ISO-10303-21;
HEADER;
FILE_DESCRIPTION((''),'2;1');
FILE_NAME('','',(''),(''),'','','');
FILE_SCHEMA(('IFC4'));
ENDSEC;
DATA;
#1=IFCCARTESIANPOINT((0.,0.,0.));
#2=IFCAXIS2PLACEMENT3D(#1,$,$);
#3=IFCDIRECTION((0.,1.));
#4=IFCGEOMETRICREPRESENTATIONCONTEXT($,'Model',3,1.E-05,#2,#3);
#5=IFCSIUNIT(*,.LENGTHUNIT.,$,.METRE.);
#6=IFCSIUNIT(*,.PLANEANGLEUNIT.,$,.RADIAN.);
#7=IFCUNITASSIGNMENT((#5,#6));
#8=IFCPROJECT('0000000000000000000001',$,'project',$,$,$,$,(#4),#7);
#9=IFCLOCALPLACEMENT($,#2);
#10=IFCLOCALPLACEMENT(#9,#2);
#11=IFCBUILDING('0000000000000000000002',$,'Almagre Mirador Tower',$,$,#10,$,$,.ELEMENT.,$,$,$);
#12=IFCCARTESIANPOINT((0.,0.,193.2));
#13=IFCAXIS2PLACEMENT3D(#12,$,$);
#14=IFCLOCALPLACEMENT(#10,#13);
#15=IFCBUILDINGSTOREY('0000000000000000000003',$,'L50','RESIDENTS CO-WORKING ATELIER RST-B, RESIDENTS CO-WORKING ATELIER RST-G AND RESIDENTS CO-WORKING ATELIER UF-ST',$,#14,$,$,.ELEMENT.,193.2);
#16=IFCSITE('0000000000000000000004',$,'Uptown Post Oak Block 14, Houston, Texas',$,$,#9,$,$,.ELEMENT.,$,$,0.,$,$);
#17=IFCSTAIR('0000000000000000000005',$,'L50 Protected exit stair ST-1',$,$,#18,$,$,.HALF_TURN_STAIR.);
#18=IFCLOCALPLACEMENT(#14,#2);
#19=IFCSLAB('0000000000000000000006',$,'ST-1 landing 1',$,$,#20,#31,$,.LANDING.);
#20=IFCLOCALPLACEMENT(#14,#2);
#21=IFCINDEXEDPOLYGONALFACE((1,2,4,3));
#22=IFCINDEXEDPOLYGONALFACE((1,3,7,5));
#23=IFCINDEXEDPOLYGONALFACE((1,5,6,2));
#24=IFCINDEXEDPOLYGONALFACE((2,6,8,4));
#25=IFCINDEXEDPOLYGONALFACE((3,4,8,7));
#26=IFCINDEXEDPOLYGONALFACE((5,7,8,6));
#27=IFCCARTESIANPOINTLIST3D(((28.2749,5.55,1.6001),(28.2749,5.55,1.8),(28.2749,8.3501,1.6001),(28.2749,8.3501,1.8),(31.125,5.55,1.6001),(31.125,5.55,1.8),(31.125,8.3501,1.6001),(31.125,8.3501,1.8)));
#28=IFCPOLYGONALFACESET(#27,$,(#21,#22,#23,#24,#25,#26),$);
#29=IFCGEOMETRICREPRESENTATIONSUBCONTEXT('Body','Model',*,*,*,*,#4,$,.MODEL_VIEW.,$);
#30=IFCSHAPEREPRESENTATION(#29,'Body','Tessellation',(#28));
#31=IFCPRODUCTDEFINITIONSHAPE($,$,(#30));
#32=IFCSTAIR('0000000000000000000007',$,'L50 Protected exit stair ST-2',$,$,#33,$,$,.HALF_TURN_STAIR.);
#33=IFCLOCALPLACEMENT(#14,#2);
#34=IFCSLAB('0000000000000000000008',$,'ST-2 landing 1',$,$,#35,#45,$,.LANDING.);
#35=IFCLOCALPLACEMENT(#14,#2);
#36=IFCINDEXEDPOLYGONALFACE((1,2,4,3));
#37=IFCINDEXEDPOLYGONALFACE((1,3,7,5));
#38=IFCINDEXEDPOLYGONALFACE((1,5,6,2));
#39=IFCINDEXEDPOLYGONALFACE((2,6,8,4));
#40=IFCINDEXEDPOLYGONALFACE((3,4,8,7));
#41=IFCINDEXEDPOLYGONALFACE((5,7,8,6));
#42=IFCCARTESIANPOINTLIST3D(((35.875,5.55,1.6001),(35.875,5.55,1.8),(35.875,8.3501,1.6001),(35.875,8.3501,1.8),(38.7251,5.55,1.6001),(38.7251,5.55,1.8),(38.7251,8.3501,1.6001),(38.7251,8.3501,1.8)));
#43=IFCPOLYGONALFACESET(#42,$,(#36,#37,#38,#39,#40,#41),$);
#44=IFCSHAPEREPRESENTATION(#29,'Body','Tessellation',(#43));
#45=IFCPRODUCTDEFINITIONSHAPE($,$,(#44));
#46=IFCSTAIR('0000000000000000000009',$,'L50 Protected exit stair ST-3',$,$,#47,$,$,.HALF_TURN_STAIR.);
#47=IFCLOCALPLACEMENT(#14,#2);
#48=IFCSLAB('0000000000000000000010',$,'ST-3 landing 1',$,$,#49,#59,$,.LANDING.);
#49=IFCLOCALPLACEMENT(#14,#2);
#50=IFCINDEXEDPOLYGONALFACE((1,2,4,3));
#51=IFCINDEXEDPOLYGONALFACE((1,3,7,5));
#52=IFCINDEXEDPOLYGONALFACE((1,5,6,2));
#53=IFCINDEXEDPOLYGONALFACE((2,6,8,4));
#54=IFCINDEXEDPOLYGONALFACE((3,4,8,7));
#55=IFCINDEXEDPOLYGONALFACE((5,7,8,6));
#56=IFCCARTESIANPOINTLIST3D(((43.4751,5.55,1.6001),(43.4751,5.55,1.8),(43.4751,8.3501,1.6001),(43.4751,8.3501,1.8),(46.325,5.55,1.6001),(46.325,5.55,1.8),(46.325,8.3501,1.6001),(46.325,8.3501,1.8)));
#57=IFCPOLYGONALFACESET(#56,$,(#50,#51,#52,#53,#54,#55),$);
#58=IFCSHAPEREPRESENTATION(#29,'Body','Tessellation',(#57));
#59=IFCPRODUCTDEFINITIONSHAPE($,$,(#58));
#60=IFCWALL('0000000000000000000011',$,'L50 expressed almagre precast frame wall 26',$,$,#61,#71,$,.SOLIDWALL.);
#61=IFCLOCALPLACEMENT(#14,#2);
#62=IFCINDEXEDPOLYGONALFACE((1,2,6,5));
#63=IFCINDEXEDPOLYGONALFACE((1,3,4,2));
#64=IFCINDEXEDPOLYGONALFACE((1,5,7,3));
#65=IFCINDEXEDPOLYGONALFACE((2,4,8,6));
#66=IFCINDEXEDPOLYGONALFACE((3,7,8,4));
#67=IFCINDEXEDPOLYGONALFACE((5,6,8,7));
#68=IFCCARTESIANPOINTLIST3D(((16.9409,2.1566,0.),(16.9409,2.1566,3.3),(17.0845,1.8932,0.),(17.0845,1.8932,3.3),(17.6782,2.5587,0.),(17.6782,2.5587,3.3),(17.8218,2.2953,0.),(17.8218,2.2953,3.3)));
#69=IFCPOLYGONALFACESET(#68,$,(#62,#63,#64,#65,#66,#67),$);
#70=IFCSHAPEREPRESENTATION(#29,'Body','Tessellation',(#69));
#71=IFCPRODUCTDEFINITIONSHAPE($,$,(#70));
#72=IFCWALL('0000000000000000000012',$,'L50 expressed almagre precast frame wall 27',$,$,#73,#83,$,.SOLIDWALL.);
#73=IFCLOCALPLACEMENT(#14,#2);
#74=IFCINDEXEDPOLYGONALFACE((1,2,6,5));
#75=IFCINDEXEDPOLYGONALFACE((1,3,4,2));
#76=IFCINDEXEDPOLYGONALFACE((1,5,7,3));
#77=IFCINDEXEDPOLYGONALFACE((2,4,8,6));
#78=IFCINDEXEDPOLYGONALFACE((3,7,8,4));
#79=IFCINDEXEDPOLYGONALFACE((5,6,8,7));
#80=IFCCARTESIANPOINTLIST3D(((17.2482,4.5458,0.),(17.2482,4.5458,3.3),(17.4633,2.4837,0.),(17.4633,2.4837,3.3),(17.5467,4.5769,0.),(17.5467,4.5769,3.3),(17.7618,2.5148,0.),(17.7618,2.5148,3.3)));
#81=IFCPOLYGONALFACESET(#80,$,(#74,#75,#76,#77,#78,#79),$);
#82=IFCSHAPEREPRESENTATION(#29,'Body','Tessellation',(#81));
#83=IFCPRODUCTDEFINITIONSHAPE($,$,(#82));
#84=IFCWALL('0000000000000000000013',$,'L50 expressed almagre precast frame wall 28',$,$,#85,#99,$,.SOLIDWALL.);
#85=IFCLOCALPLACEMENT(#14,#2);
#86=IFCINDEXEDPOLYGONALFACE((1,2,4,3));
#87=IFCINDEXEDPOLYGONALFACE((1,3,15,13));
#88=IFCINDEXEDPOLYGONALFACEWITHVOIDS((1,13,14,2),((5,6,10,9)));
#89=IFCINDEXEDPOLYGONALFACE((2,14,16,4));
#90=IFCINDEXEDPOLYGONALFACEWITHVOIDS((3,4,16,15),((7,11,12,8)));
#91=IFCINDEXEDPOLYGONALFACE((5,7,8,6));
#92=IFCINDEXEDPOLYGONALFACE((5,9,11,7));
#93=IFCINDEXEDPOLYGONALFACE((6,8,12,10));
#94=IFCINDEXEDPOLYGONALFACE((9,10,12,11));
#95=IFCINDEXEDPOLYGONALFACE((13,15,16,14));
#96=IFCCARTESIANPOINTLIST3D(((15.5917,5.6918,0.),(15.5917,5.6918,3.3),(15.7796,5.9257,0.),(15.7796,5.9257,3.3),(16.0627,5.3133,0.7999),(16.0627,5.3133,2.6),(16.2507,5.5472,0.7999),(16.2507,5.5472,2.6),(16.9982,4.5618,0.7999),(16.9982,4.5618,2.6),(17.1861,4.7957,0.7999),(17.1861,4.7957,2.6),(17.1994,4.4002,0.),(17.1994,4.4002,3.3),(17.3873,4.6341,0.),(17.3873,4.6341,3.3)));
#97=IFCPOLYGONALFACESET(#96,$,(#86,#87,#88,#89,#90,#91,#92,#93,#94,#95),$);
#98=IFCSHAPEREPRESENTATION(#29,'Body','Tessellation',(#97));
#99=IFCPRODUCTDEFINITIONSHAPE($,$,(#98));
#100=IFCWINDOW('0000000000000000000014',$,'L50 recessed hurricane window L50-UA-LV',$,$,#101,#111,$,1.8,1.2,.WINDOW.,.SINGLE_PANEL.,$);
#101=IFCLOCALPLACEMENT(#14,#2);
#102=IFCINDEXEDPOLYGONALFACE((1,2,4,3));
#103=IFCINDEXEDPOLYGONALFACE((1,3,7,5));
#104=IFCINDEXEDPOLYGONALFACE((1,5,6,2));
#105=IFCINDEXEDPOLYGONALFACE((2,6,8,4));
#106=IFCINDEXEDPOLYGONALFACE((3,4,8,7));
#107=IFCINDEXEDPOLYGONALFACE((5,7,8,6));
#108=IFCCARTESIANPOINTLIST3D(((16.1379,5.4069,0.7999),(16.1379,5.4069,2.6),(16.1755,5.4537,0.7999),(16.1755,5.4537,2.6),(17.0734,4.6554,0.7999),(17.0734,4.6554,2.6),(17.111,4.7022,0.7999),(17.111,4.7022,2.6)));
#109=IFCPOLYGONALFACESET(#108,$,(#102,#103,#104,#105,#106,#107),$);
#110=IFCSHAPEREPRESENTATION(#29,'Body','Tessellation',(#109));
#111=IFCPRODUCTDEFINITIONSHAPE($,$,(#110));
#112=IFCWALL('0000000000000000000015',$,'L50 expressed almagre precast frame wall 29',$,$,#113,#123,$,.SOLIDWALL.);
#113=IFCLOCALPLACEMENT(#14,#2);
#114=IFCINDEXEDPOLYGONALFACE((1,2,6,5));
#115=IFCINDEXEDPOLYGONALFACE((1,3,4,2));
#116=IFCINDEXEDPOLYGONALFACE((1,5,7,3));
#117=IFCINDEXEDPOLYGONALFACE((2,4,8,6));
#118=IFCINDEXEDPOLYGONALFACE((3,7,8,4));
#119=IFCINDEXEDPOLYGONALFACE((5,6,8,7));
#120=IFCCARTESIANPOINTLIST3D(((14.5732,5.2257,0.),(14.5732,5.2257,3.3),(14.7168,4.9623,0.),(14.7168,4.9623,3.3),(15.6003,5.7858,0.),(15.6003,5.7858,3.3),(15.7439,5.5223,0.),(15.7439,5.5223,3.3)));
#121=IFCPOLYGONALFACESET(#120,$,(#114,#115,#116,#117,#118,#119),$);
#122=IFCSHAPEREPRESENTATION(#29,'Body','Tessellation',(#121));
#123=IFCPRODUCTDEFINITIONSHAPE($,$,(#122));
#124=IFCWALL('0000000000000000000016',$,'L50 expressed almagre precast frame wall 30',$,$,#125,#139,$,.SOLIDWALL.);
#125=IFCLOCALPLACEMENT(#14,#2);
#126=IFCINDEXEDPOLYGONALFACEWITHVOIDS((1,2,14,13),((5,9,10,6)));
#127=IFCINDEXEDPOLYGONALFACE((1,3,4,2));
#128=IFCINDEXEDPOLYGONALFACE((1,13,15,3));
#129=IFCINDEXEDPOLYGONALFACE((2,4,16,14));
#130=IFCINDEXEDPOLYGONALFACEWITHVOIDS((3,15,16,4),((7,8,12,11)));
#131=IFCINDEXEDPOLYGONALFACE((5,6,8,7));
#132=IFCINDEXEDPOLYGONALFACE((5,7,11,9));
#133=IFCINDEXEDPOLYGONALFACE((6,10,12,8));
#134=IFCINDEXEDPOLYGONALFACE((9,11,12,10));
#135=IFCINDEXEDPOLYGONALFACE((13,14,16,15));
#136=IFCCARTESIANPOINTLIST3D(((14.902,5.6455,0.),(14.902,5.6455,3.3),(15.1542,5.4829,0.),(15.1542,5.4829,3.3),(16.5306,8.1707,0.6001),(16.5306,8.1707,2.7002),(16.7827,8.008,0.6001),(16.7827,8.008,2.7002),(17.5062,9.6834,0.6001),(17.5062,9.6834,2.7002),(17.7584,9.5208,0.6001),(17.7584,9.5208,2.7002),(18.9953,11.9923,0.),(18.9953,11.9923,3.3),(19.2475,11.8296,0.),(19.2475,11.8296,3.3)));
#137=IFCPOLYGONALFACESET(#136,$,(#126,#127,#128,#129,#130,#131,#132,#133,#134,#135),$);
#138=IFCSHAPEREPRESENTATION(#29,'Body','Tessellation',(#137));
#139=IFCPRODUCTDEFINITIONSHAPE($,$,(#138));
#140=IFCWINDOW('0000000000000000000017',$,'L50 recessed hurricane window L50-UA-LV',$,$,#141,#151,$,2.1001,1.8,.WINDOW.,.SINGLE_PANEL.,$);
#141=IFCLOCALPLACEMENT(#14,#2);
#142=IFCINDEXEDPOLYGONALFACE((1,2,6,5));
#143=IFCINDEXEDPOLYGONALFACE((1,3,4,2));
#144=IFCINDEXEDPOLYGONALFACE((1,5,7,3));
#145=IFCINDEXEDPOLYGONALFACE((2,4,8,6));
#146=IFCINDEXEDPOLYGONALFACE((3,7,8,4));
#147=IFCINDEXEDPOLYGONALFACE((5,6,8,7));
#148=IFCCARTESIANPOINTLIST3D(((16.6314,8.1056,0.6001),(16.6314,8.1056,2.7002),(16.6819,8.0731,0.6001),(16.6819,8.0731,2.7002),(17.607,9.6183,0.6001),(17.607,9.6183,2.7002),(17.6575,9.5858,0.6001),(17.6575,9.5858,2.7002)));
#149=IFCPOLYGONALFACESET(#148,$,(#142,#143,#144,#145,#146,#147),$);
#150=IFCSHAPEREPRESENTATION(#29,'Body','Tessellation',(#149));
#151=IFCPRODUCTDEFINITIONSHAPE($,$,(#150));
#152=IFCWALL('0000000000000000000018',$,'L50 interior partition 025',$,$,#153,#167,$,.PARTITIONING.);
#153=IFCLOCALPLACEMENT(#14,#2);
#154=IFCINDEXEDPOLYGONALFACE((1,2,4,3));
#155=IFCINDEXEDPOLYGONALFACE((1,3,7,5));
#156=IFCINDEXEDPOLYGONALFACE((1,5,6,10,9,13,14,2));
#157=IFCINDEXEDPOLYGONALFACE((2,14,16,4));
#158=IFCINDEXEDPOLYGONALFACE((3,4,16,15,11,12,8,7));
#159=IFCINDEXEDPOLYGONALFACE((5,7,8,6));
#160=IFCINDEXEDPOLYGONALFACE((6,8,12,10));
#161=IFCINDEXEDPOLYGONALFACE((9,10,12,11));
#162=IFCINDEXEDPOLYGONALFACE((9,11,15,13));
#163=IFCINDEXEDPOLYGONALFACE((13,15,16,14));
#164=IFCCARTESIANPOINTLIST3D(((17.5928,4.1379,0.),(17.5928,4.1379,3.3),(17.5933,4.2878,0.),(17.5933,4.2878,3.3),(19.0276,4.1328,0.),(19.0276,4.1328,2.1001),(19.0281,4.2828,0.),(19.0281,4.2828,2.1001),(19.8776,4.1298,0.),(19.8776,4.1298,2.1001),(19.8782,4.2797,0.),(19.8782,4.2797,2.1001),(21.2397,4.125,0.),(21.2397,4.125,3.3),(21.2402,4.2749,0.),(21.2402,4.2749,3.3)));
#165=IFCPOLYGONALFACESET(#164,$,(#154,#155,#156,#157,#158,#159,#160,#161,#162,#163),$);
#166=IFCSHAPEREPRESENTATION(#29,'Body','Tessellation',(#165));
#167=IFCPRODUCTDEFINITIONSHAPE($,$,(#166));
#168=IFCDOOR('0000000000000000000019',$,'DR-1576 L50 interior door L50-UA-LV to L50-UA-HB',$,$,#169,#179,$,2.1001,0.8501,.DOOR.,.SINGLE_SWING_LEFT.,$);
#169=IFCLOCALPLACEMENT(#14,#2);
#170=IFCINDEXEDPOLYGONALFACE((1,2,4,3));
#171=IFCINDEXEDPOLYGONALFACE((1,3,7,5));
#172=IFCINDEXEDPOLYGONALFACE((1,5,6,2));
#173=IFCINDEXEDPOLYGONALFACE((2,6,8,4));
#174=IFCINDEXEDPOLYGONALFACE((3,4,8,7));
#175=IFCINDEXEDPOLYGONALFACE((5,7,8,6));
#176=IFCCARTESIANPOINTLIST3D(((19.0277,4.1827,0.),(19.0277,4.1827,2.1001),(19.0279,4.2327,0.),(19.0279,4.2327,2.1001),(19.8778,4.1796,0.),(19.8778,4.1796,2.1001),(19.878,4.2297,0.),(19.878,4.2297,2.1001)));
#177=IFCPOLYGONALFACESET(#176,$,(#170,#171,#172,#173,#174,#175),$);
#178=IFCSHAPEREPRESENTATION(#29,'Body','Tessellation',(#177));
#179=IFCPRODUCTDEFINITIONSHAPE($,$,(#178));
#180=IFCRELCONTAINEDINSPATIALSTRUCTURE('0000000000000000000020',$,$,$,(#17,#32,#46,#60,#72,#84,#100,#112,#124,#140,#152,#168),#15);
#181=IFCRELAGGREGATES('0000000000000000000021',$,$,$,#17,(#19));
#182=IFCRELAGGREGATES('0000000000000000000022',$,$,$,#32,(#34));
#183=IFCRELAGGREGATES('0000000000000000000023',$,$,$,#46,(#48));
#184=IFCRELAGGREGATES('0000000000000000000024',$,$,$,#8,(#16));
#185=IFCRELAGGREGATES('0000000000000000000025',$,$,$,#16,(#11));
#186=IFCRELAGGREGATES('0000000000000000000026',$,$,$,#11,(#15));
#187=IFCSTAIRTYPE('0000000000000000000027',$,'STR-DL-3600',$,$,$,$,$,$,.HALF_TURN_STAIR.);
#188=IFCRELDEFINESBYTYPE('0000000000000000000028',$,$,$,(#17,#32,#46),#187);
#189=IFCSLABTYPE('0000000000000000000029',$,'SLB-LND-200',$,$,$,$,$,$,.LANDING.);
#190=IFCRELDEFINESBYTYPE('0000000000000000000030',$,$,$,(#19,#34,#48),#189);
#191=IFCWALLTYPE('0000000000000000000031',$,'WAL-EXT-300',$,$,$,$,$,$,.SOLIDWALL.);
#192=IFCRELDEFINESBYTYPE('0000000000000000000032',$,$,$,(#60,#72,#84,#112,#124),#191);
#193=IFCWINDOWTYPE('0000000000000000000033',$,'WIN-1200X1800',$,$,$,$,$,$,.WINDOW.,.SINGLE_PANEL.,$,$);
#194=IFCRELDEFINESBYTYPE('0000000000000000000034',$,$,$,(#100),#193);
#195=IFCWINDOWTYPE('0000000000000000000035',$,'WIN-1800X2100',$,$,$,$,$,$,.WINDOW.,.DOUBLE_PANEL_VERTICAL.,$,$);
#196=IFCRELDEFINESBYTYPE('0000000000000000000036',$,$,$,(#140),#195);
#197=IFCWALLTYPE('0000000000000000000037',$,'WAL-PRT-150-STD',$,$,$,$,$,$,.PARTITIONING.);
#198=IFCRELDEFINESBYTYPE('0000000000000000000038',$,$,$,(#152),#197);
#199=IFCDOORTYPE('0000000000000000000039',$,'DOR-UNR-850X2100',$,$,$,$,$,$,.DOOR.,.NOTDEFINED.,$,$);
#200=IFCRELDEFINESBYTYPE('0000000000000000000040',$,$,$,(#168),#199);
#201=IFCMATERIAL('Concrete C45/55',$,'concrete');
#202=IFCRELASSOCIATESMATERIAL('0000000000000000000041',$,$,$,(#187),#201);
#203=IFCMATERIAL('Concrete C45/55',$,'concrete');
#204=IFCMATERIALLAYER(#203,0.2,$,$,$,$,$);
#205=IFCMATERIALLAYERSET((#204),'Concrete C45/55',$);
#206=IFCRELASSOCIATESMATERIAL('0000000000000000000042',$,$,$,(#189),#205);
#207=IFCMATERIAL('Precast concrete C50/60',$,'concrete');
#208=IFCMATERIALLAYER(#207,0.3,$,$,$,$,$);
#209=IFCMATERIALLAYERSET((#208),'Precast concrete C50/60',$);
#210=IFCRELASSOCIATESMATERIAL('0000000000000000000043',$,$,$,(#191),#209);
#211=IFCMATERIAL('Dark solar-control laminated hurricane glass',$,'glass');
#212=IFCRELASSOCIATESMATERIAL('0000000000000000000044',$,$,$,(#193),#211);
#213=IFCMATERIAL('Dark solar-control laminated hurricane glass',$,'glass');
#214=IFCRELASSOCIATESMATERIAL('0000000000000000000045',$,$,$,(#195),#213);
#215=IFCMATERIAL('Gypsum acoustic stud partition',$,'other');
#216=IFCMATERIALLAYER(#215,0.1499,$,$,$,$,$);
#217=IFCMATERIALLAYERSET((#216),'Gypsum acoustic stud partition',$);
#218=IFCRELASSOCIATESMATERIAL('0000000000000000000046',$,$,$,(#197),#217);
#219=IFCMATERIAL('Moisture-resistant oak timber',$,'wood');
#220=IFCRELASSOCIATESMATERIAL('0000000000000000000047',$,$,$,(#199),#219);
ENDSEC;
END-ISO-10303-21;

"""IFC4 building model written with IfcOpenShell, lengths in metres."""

from ifc_helpers import new_model, si_unit, direction, frame, frame_2d, origin, place, context, subcontext, project, spatial, polyline, rectangle, outline, extrude, material, layer, layer_set, type_object, element, fill, aggregate, save


model = new_model("IFC4")

# Units and contexts
model_context = context("Model", 3, precision=1e-05, world=origin(), true_north=direction((0.0, 1.0)))
body_context = subcontext(model_context, "Body", "Model", "MODEL_VIEW")
ifc_project = project(units=[si_unit("LENGTHUNIT", "METRE"), si_unit("PLANEANGLEUNIT", "RADIAN")], contexts=[model_context])

# Site, building, storey
site_placement = place(None, origin())
site = spatial("IfcSite", under=ifc_project, at=site_placement, Name="Uptown Post Oak Block 14, Houston, Texas", CompositionType="ELEMENT", RefElevation=0.0)
building_placement = place(site_placement, origin())
building = spatial("IfcBuilding", under=site, at=building_placement, Name="Almagre Mirador Tower", CompositionType="ELEMENT")
storey_placement = place(building_placement, frame((0.0, 0.0, 193.2)))
storey = spatial("IfcBuildingStorey", under=building, at=storey_placement, Name="L50", Description="RESIDENTS CO-WORKING ATELIER RST-B, RESIDENTS CO-WORKING ATELIER RST-G AND RESIDENTS CO-WORKING ATELIER UF-ST", CompositionType="ELEMENT", Elevation=193.2)

# Stairs, slabs
ifc_material_1 = material(Name="Concrete C45/55", Category="concrete")
stair_type = type_object("IfcStairType", Name="STR-DL-3600", PredefinedType="HALF_TURN_STAIR", material=ifc_material_1)
stair_1_placement = place(storey_placement, origin())
stair_1 = element("IfcStair", 1, at=stair_1_placement, inside=storey, type_object=stair_type, Name="L50 Protected exit stair ST-1", PredefinedType="HALF_TURN_STAIR")
ifc_material_2 = material(Name="Concrete C45/55", Category="concrete")
ifc_layer_1 = layer(ifc_material_2, 0.2)
ifc_layer_set_1 = layer_set([ifc_layer_1], Name="Concrete C45/55")
slab_type_1 = type_object("IfcSlabType", Name="SLB-LND-200", PredefinedType="LANDING", material=ifc_layer_set_1)
slab_1_placement = place(storey_placement, frame((0.0, 0.0, 1.6001)))
slab_1 = element("IfcSlab", 2, at=slab_1_placement, type_object=slab_type_1, Name="ST-1 landing 1", PredefinedType="LANDING", context=body_context, shape_type="SweptSolid", body=[
    extrude(outline(polyline([(28.2749, 8.3501), (28.2749, 5.55), (31.125, 5.55), (31.125, 8.3501), (28.2749, 8.3501)])), origin(), (0.0, 0.0, 1.0), 0.2),
])
aggregate(stair_1, [slab_1])
stair_2_placement = place(storey_placement, origin())
stair_2 = element("IfcStair", 3, at=stair_2_placement, inside=storey, type_object=stair_type, Name="L50 Protected exit stair ST-2", PredefinedType="HALF_TURN_STAIR")
slab_2_placement = place(storey_placement, frame((0.0, 0.0, 1.6001)))
slab_2 = element("IfcSlab", 4, at=slab_2_placement, type_object=slab_type_1, Name="ST-2 landing 1", PredefinedType="LANDING", context=body_context, shape_type="SweptSolid", body=[
    extrude(outline(polyline([(35.875, 8.3501), (35.875, 5.55), (38.7251, 5.55), (38.7251, 8.3501), (35.875, 8.3501)])), origin(), (0.0, 0.0, 1.0), 0.2),
])
aggregate(stair_2, [slab_2])
stair_3_placement = place(storey_placement, origin())
stair_3 = element("IfcStair", 5, at=stair_3_placement, inside=storey, type_object=stair_type, Name="L50 Protected exit stair ST-3", PredefinedType="HALF_TURN_STAIR")
slab_3_placement = place(storey_placement, frame((0.0, 0.0, 1.6001)))
slab_3 = element("IfcSlab", 6, at=slab_3_placement, type_object=slab_type_1, Name="ST-3 landing 1", PredefinedType="LANDING", context=body_context, shape_type="SweptSolid", body=[
    extrude(outline(polyline([(43.4751, 8.3501), (43.4751, 5.55), (46.325, 5.55), (46.325, 8.3501), (43.4751, 8.3501)])), origin(), (0.0, 0.0, 1.0), 0.2),
])
aggregate(stair_3, [slab_3])

# Walls
ifc_material_3 = material(Name="Precast concrete C50/60", Category="concrete")
ifc_layer_2 = layer(ifc_material_3, 0.3)
ifc_layer_set_2 = layer_set([ifc_layer_2], Name="Precast concrete C50/60")
wall_type_1 = type_object("IfcWallType", Name="WAL-EXT-300", PredefinedType="SOLIDWALL", material=ifc_layer_set_2)
wall_1_placement = place(storey_placement, frame((17.0127, 2.0249, 0.0), z_axis=(0.0, 0.0, 1.0), x_axis=(0.877929, 0.478791, 0.0)))
element("IfcWall", 7, at=wall_1_placement, inside=storey, type_object=wall_type_1, Name="L50 expressed almagre precast frame wall 26", PredefinedType="SOLIDWALL", context=body_context, shape_type="SweptSolid", body=[
    extrude(rectangle(XDim=0.8398, YDim=0.3, at=frame_2d((0.4199, 0.0))), origin(), (0.0, 0.0, 1.0), 3.3),
])
wall_2_placement = place(storey_placement, frame((17.6125, 2.4993, 0.0), z_axis=(0.0, 0.0, 1.0), x_axis=(-0.103747, 0.994604, 0.0)))
element("IfcWall", 8, at=wall_2_placement, inside=storey, type_object=wall_type_1, Name="L50 expressed almagre precast frame wall 27", PredefinedType="SOLIDWALL", context=body_context, shape_type="SweptSolid", body=[
    extrude(rectangle(XDim=2.0732, YDim=0.3, at=frame_2d((1.0366, 0.0))), origin(), (0.0, 0.0, 1.0), 3.3),
])

# Wall, opening, window
wall_3_placement = place(storey_placement, frame((17.2935, 4.5171, 0.0), z_axis=(0.0, 0.0, 1.0), x_axis=(-0.779597, 0.626282, 0.0)))
wall_3 = element("IfcWall", 9, at=wall_3_placement, inside=storey, type_object=wall_type_1, Name="L50 expressed almagre precast frame wall 28", PredefinedType="SOLIDWALL", context=body_context, shape_type="SweptSolid", body=[
    extrude(rectangle(XDim=2.0623, YDim=0.3, at=frame_2d((1.0312, 0.0))), origin(), (0.0, 0.0, 1.0), 3.3),
])
opening_1_placement = place(wall_3_placement, frame((0.2581, 0.0, 0.8)))
opening_1 = element("IfcOpeningElement", 10, at=opening_1_placement, cuts=wall_3, PredefinedType="OPENING", context=body_context, shape_type="SweptSolid", body=[
    extrude(rectangle(XDim=1.2, YDim=1.8, at=frame_2d((0.6001, 0.8999))), frame((0.0, 0.1599, 0.0), z_axis=(0.0, -1.0, 0.0), x_axis=(1.0, 0.0, 0.0)), (0.0, 0.0, 1.0), 0.32),
])
ifc_material_4 = material(Name="Dark solar-control laminated hurricane glass", Category="glass")
window_type_1 = type_object("IfcWindowType", Name="WIN-1200X1800", PartitioningType="SINGLE_PANEL", PredefinedType="WINDOW", material=ifc_material_4)
window_1_placement = place(opening_1_placement, origin())
window_1 = element("IfcWindow", 11, at=window_1_placement, inside=storey, type_object=window_type_1, Name="L50 recessed hurricane window L50-UA-LV", OverallHeight=1.8, OverallWidth=1.2, PartitioningType="SINGLE_PANEL", PredefinedType="WINDOW", context=body_context, shape_type="SweptSolid", body=[
    extrude(rectangle(XDim=1.2, YDim=1.8, at=frame_2d((0.6001, 0.8999))), frame((0.0, 0.03, 0.0), z_axis=(0.0, -1.0, 0.0), x_axis=(1.0, 0.0, 0.0)), (0.0, 0.0, 1.0), 0.0601),
])
fill(opening_1, window_1)

# Wall
wall_4_placement = place(storey_placement, frame((15.6721, 5.6541, 0.0), z_axis=(0.0, 0.0, 1.0), x_axis=(-0.877959, -0.478735, 0.0)))
element("IfcWall", 12, at=wall_4_placement, inside=storey, type_object=wall_type_1, Name="L50 expressed almagre precast frame wall 29", PredefinedType="SOLIDWALL", context=body_context, shape_type="SweptSolid", body=[
    extrude(rectangle(XDim=1.1699, YDim=0.3, at=frame_2d((0.585, 0.0))), origin(), (0.0, 0.0, 1.0), 3.3),
])

# Wall, opening, window
wall_5_placement = place(storey_placement, frame((15.0281, 5.5642, 0.0), z_axis=(0.0, 0.0, 1.0), x_axis=(0.541999, 0.840379, 0.0)))
wall_5 = element("IfcWall", 13, at=wall_5_placement, inside=storey, type_object=wall_type_1, Name="L50 expressed almagre precast frame wall 30", PredefinedType="SOLIDWALL", context=body_context, shape_type="SweptSolid", body=[
    extrude(rectangle(XDim=7.5522, YDim=0.3, at=frame_2d((3.7761, 0.0))), origin(), (0.0, 0.0, 1.0), 3.3),
])
opening_2_placement = place(wall_5_placement, frame((3.0049, 0.0, 0.6001)))
opening_2 = element("IfcOpeningElement", 14, at=opening_2_placement, cuts=wall_5, PredefinedType="OPENING", context=body_context, shape_type="SweptSolid", body=[
    extrude(rectangle(XDim=1.8, YDim=2.1001, at=frame_2d((0.8999, 1.05))), frame((0.0, 0.1599, 0.0), z_axis=(0.0, -1.0, 0.0), x_axis=(1.0, 0.0, 0.0)), (0.0, 0.0, 1.0), 0.32),
])
ifc_material_5 = material(Name="Dark solar-control laminated hurricane glass", Category="glass")
window_type_2 = type_object("IfcWindowType", Name="WIN-1800X2100", PartitioningType="DOUBLE_PANEL_VERTICAL", PredefinedType="WINDOW", material=ifc_material_5)
window_2_placement = place(opening_2_placement, origin())
window_2 = element("IfcWindow", 15, at=window_2_placement, inside=storey, type_object=window_type_2, Name="L50 recessed hurricane window L50-UA-LV", OverallHeight=2.1001, OverallWidth=1.8, PartitioningType="SINGLE_PANEL", PredefinedType="WINDOW", context=body_context, shape_type="SweptSolid", body=[
    extrude(rectangle(XDim=1.8, YDim=2.1001, at=frame_2d((0.8999, 1.05))), frame((0.0, 0.03, 0.0), z_axis=(0.0, -1.0, 0.0), x_axis=(1.0, 0.0, 0.0)), (0.0, 0.0, 1.0), 0.0601),
])
fill(opening_2, window_2)

# Wall, opening, door
ifc_material_6 = material(Name="Gypsum acoustic stud partition", Category="other")
ifc_layer_3 = layer(ifc_material_6, 0.1499)
ifc_layer_set_3 = layer_set([ifc_layer_3], Name="Gypsum acoustic stud partition")
wall_type_2 = type_object("IfcWallType", Name="WAL-PRT-150-STD", PredefinedType="PARTITIONING", material=ifc_layer_set_3)
wall_6_placement = place(storey_placement, frame((17.593, 4.2129, 0.0), z_axis=(0.0, 0.0, 1.0), x_axis=(0.999994, -0.003548, 0.0)))
wall_6 = element("IfcWall", 16, at=wall_6_placement, inside=storey, type_object=wall_type_2, Name="L50 interior partition 025", PredefinedType="PARTITIONING", context=body_context, shape_type="SweptSolid", body=[
    extrude(rectangle(XDim=3.647, YDim=0.1499, at=frame_2d((1.8235, 0.0))), origin(), (0.0, 0.0, 1.0), 3.3),
])
opening_3_placement = place(wall_6_placement, frame((1.4348, 0.0, 0.0)))
opening_3 = element("IfcOpeningElement", 17, at=opening_3_placement, cuts=wall_6, PredefinedType="OPENING", context=body_context, shape_type="SweptSolid", body=[
    extrude(rectangle(XDim=0.8501, YDim=2.1001, at=frame_2d((0.425, 1.05))), frame((0.0, 0.085, 0.0), z_axis=(0.0, -1.0, 0.0), x_axis=(1.0, 0.0, 0.0)), (0.0, 0.0, 1.0), 0.1699),
])
ifc_material_7 = material(Name="Moisture-resistant oak timber", Category="wood")
door_type = type_object("IfcDoorType", Name="DOR-UNR-850X2100", OperationType="NOTDEFINED", PredefinedType="DOOR", material=ifc_material_7)
door_placement = place(opening_3_placement, origin())
door = element("IfcDoor", 18, at=door_placement, inside=storey, type_object=door_type, Name="DR-1576 L50 interior door L50-UA-LV to L50-UA-HB", OperationType="SINGLE_SWING_LEFT", OverallHeight=2.1001, OverallWidth=0.8501, PredefinedType="DOOR", context=body_context, shape_type="SweptSolid", body=[
    extrude(rectangle(XDim=0.8501, YDim=2.1001, at=frame_2d((0.425, 1.05))), frame((0.0, 0.0249, 0.0), z_axis=(0.0, -1.0, 0.0), x_axis=(1.0, 0.0, 0.0)), (0.0, 0.0, 1.0), 0.05),
])
fill(opening_3, door)

save(model, "model.ifc")
